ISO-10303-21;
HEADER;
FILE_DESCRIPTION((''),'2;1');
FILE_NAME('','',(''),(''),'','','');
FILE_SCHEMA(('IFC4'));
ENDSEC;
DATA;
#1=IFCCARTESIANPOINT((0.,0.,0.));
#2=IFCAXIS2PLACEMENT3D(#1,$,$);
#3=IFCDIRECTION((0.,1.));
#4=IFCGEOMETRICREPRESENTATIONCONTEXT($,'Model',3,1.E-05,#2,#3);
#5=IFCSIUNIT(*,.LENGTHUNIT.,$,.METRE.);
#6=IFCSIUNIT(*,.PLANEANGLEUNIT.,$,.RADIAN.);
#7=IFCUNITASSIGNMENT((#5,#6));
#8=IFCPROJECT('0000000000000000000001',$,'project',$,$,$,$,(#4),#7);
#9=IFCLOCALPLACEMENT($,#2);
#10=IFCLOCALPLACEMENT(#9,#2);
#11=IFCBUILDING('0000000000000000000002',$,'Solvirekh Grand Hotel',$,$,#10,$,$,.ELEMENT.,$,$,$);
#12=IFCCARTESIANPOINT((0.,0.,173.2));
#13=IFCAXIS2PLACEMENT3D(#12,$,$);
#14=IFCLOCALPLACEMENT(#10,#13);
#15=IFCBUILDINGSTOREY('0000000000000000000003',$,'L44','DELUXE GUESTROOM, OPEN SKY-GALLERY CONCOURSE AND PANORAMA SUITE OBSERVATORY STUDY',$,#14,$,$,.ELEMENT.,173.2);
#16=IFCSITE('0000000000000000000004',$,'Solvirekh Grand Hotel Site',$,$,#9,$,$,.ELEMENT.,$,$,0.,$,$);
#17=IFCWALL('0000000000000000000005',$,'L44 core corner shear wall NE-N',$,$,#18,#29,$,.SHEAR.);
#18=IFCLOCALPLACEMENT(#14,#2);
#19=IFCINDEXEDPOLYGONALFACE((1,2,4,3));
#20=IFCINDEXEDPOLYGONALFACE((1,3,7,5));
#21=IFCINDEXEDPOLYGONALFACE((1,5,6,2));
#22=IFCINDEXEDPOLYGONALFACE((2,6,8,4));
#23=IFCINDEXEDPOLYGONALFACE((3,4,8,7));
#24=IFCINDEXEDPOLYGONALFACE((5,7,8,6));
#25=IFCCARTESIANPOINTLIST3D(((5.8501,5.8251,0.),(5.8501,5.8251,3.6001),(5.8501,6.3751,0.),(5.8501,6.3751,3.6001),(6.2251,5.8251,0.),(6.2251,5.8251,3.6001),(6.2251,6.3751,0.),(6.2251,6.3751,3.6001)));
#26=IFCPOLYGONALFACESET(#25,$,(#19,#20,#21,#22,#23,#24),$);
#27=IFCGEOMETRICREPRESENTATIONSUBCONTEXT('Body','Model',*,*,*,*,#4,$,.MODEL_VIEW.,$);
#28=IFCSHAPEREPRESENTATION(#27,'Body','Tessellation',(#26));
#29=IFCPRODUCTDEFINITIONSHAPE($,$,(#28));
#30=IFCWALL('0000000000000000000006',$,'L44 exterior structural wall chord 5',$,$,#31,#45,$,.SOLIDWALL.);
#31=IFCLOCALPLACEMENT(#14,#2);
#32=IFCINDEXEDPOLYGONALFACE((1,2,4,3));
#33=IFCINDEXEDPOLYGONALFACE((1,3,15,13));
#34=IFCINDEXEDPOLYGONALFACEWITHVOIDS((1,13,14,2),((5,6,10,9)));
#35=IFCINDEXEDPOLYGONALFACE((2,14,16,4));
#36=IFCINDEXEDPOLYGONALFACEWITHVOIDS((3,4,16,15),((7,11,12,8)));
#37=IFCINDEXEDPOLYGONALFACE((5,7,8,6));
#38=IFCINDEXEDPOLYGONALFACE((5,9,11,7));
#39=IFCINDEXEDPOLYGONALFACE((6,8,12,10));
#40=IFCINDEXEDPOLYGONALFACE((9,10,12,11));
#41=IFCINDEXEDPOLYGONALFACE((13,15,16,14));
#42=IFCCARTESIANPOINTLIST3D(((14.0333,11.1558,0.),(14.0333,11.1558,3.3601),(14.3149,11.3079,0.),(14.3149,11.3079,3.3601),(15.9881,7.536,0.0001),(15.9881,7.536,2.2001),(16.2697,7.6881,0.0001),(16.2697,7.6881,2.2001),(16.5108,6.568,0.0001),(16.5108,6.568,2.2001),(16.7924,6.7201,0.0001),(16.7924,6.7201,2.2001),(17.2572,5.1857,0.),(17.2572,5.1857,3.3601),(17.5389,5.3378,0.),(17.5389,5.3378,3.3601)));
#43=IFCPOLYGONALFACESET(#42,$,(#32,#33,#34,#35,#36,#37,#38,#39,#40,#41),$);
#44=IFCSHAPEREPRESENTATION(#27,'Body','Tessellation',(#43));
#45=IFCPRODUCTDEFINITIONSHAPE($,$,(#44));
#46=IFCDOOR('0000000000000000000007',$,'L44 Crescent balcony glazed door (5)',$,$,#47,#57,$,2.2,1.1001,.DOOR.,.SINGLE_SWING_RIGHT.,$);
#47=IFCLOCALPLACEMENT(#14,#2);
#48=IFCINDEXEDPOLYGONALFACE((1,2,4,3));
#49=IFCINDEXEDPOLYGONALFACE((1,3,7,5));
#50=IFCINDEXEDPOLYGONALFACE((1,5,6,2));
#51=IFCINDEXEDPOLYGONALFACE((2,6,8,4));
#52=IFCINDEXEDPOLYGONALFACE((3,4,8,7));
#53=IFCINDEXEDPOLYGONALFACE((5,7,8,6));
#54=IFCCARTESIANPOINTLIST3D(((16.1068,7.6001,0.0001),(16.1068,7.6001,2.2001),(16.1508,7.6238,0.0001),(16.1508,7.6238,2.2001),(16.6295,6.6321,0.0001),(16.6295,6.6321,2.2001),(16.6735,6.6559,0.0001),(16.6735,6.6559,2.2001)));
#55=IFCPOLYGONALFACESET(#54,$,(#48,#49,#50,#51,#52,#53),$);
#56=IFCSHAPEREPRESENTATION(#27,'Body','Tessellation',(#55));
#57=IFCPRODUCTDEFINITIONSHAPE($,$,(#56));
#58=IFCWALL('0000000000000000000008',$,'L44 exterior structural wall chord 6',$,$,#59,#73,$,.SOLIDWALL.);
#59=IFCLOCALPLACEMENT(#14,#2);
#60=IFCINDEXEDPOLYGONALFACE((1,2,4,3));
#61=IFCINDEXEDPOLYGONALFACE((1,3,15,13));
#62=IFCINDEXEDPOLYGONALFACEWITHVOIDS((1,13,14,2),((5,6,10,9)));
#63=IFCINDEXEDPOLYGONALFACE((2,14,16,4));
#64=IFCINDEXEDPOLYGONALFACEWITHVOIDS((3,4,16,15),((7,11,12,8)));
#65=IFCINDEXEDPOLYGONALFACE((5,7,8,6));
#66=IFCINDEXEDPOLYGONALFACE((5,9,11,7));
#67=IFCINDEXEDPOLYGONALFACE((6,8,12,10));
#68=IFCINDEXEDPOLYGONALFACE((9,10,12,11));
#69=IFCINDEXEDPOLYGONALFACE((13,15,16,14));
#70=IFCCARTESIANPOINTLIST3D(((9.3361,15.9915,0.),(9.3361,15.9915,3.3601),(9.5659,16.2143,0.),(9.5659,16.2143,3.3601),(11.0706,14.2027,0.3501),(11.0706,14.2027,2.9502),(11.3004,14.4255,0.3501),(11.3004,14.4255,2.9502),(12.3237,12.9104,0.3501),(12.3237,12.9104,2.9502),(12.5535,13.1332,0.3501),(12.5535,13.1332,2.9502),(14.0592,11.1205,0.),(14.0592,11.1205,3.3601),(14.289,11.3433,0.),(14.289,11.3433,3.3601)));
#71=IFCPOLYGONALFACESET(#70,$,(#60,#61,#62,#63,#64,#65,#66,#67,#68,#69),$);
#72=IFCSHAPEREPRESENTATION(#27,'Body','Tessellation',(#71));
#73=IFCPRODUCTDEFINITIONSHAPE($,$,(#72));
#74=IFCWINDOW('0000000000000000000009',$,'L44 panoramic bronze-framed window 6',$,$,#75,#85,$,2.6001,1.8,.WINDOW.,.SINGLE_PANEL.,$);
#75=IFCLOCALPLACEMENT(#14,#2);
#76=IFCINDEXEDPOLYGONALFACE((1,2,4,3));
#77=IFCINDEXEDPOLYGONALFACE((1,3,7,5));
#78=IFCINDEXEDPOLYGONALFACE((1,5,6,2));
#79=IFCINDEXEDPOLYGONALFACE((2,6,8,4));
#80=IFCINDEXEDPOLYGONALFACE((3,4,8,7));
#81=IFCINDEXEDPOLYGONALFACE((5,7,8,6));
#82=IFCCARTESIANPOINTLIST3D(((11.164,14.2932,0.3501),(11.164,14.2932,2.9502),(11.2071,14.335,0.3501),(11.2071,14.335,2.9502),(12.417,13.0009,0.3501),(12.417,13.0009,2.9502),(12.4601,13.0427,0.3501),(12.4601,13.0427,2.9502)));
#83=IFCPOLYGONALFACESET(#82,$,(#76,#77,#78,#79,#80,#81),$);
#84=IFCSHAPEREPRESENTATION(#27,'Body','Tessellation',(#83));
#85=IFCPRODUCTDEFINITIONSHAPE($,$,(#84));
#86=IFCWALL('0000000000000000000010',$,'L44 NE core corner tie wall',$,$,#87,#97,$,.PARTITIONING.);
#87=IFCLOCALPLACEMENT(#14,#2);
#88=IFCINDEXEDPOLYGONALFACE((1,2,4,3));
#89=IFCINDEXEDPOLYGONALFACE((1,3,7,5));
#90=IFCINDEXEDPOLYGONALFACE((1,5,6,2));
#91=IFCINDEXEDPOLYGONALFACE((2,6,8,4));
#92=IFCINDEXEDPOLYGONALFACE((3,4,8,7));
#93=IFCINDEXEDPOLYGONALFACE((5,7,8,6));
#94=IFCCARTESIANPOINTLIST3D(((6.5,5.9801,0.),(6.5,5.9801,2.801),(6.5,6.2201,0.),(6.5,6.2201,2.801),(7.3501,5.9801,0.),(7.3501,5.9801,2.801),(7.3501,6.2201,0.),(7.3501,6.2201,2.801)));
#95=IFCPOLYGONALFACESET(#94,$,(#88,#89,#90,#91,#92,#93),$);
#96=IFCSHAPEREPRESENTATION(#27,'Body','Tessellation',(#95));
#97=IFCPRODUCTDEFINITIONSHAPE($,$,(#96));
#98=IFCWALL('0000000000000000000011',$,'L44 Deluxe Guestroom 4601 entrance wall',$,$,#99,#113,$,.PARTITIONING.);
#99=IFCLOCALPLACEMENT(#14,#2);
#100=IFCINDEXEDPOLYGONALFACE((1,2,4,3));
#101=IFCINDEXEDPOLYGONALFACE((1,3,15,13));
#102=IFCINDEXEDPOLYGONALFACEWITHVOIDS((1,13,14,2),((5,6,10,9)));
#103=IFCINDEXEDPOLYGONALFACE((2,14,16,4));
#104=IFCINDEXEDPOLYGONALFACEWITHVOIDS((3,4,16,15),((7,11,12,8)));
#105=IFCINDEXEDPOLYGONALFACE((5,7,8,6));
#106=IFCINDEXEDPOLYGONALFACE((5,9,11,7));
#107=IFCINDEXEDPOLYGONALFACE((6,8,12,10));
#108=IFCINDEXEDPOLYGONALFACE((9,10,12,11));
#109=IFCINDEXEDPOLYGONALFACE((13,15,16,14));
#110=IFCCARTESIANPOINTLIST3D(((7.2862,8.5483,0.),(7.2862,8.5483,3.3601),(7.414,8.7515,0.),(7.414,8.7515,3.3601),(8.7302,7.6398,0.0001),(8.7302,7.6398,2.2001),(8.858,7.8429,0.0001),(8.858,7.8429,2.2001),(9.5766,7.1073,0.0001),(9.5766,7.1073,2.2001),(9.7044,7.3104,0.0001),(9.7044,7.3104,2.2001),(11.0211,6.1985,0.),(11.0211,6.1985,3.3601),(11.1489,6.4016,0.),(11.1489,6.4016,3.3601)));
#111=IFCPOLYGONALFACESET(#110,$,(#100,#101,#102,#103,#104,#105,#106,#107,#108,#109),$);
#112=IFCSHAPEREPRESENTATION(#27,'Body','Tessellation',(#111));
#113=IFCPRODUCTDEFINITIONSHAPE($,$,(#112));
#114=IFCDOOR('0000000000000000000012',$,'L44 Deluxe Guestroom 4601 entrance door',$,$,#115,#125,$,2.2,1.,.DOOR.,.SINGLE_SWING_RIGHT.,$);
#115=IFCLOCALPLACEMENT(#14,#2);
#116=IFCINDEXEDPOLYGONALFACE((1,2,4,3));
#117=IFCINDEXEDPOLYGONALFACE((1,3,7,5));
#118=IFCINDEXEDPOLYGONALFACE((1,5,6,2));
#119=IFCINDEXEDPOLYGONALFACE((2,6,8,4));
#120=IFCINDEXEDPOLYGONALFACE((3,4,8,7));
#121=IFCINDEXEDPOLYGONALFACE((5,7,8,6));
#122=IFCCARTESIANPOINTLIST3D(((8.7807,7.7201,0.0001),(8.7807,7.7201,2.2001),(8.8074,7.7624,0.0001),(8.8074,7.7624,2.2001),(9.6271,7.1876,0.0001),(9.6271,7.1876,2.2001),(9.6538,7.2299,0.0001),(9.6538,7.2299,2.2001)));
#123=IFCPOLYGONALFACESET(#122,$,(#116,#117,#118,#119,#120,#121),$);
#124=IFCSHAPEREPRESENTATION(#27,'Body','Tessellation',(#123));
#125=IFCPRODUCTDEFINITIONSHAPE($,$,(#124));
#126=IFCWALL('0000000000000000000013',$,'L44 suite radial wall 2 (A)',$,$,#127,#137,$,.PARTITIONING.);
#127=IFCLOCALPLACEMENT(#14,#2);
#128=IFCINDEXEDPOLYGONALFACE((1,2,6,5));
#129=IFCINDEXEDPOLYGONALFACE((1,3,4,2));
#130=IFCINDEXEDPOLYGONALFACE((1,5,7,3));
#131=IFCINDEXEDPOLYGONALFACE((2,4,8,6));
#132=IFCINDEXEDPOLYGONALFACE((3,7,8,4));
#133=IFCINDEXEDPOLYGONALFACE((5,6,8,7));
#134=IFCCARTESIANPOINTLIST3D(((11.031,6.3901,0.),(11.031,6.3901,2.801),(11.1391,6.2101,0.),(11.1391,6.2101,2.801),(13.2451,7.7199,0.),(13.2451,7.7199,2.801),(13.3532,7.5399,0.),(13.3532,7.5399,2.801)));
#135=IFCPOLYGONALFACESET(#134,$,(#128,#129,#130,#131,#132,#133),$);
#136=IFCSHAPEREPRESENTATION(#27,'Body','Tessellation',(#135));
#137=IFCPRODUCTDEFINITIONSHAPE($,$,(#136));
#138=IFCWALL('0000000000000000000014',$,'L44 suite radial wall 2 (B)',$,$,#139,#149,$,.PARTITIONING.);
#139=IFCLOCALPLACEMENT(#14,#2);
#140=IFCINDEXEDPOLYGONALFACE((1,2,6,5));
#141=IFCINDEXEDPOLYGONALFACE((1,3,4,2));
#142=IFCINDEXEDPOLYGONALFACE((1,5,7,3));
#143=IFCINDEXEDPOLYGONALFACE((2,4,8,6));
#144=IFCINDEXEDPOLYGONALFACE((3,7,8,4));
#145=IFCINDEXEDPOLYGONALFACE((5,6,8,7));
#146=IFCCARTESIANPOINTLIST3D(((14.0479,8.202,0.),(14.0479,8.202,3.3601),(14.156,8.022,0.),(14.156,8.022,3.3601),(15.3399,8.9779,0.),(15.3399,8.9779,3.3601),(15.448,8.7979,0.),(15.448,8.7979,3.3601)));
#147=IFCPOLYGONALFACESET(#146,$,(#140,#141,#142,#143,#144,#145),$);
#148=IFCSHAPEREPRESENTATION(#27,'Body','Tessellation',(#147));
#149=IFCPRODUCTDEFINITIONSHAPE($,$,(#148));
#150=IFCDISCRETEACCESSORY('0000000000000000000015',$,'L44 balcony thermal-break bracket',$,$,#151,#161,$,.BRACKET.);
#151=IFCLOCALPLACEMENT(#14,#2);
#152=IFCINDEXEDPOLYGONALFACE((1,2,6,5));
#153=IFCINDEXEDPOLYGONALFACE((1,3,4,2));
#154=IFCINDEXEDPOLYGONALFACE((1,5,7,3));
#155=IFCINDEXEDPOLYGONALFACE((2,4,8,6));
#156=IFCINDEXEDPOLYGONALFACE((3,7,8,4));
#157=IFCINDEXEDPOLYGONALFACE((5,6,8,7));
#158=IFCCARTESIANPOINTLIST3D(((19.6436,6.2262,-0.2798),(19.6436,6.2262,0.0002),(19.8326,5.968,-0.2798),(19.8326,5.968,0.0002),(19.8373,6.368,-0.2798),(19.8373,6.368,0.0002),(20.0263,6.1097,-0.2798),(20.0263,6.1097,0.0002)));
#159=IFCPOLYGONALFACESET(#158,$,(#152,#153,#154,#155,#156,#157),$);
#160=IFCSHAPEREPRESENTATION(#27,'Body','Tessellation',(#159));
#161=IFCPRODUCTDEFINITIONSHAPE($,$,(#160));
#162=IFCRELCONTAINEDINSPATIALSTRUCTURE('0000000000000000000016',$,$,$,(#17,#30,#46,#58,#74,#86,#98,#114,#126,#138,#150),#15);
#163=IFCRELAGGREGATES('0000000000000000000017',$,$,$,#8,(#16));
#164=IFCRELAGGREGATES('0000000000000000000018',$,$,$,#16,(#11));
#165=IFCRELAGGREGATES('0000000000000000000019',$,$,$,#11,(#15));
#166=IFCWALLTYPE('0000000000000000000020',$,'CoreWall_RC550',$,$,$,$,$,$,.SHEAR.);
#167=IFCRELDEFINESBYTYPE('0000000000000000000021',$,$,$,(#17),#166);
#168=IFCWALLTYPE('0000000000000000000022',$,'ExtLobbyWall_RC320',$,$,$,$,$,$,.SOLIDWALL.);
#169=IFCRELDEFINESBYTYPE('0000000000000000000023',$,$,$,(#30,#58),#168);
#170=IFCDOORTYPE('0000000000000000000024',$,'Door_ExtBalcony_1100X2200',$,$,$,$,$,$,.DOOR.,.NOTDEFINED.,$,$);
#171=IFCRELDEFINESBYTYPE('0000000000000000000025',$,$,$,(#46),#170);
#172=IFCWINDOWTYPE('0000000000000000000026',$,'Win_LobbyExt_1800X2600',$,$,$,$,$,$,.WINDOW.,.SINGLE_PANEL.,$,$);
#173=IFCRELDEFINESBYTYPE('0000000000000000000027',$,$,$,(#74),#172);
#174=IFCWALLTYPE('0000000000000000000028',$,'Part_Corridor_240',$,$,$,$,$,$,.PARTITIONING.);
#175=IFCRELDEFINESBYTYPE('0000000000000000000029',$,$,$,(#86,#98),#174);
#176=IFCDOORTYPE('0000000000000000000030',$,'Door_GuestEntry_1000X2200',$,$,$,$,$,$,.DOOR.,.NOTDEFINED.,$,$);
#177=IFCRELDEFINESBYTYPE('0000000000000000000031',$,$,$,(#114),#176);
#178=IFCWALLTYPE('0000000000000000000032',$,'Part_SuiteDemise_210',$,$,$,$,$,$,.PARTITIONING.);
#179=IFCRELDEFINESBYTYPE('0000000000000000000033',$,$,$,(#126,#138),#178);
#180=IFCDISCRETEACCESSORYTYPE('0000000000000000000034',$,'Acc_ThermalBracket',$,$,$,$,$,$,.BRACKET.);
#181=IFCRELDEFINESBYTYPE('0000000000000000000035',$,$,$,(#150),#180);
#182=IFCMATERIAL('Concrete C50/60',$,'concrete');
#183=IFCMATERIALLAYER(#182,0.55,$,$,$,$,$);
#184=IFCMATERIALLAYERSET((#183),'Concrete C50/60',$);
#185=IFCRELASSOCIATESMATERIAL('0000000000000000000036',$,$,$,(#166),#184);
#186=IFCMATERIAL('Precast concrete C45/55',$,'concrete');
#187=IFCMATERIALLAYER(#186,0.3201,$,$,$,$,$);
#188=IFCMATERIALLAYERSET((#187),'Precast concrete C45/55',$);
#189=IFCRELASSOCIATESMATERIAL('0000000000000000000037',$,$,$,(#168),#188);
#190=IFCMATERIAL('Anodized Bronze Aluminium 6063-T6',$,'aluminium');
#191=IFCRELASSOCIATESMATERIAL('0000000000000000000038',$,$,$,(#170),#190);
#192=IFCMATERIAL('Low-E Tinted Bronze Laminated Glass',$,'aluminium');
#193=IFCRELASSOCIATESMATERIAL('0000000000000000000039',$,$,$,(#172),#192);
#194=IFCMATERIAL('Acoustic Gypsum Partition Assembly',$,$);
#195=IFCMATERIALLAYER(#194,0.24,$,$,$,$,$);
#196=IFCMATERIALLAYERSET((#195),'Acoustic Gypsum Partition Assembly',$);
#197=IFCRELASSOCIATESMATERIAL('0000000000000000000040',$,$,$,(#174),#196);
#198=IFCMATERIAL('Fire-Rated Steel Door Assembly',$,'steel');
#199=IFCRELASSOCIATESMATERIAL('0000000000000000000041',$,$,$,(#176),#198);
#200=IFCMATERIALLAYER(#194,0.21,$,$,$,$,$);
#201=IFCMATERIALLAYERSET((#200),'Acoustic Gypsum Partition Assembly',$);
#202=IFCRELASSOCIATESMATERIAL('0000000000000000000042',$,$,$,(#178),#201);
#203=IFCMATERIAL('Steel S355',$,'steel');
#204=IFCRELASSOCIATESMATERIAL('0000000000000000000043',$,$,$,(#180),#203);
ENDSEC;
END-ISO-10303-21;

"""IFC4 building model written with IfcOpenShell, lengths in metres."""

from ifc_helpers import new_model, si_unit, direction, frame, frame_2d, origin, origin_2d, place, context, subcontext, project, spatial, rectangle, extrude, material, layer, layer_set, type_object, element, fill, save


model = new_model("IFC4")

# Units and contexts
model_context = context("Model", 3, precision=1e-05, world=origin(), true_north=direction((0.0, 1.0)))
body_context = subcontext(model_context, "Body", "Model", "MODEL_VIEW")
ifc_project = project(units=[si_unit("LENGTHUNIT", "METRE"), si_unit("PLANEANGLEUNIT", "RADIAN")], contexts=[model_context])

# Site, building, storey
site_placement = place(None, origin())
site = spatial("IfcSite", under=ifc_project, at=site_placement, Name="Solvirekh Grand Hotel Site", CompositionType="ELEMENT", RefElevation=0.0)
building_placement = place(site_placement, origin())
building = spatial("IfcBuilding", under=site, at=building_placement, Name="Solvirekh Grand Hotel", CompositionType="ELEMENT")
storey_placement = place(building_placement, frame((0.0, 0.0, 173.2)))
storey = spatial("IfcBuildingStorey", under=building, at=storey_placement, Name="L44", Description="DELUXE GUESTROOM, OPEN SKY-GALLERY CONCOURSE AND PANORAMA SUITE OBSERVATORY STUDY", CompositionType="ELEMENT", Elevation=173.2)

# Shared definitions
ifc_material_1 = material(Name="Concrete C50/60", Category="concrete")

# Shared definitions
ifc_material_2 = material(Name="Steel S355", Category="steel")

# Wall
ifc_layer_1 = layer(ifc_material_1, 0.55)
ifc_layer_set_1 = layer_set([ifc_layer_1], Name="Concrete C50/60")
wall_type_1 = type_object("IfcWallType", Name="CoreWall_RC550", PredefinedType="SHEAR", material=ifc_layer_set_1)
wall_1_placement = place(storey_placement, frame((5.8501, 6.1001, 0.0), z_axis=(0.0, 0.0, 1.0), x_axis=(1.0, 0.0, 0.0)))
element("IfcWall", 1, at=wall_1_placement, inside=storey, type_object=wall_type_1, Name="L44 core corner shear wall NE-N", PredefinedType="SHEAR", context=body_context, shape_type="SweptSolid", body=[
    extrude(rectangle(XDim=0.375, YDim=0.55, at=frame_2d((0.1875, 0.0))), origin(), (0.0, 0.0, 1.0), 3.6001),
])

# Wall, opening, door
ifc_material_3 = material(Name="Precast concrete C45/55", Category="concrete")
ifc_layer_2 = layer(ifc_material_3, 0.3201)
ifc_layer_set_2 = layer_set([ifc_layer_2], Name="Precast concrete C45/55")
wall_type_2 = type_object("IfcWallType", Name="ExtLobbyWall_RC320", PredefinedType="SOLIDWALL", material=ifc_layer_set_2)
wall_2_placement = place(storey_placement, frame((14.1741, 11.2319, 0.0), z_axis=(0.0, 0.0, 1.0), x_axis=(0.47516, -0.8799, 0.0)))
wall_2 = element("IfcWall", 2, at=wall_2_placement, inside=storey, type_object=wall_type_2, Name="L44 exterior structural wall chord 5", PredefinedType="SOLIDWALL", context=body_context, shape_type="SweptSolid", body=[
    extrude(rectangle(XDim=6.7849, YDim=0.3201, at=frame_2d((3.3926, 0.0))), origin(), (0.0, 0.0, 1.0), 3.3601),
])
opening_1_placement = place(wall_2_placement, frame((4.114, 0.0, 0.0)))
opening_1 = element("IfcOpeningElement", 3, at=opening_1_placement, cuts=wall_2, PredefinedType="OPENING", context=body_context, shape_type="SweptSolid", body=[
    extrude(rectangle(XDim=1.1001, YDim=2.2, at=frame_2d((0.55, 1.1001))), frame((0.0, 0.1699, 0.0), z_axis=(0.0, -1.0, 0.0), x_axis=(1.0, 0.0, 0.0)), (0.0, 0.0, 1.0), 0.3401),
])
ifc_material_4 = material(Name="Anodized Bronze Aluminium 6063-T6", Category="aluminium")
door_type_1 = type_object("IfcDoorType", Name="Door_ExtBalcony_1100X2200", OperationType="NOTDEFINED", PredefinedType="DOOR", material=ifc_material_4)
door_1_placement = place(opening_1_placement, origin())
door_1 = element("IfcDoor", 4, at=door_1_placement, inside=storey, type_object=door_type_1, Name="L44 Crescent balcony glazed door (5)", OperationType="SINGLE_SWING_RIGHT", OverallHeight=2.2, OverallWidth=1.1001, PredefinedType="DOOR", context=body_context, shape_type="SweptSolid", body=[
    extrude(rectangle(XDim=1.1001, YDim=2.2, at=frame_2d((0.55, 1.1001))), frame((0.0, 0.0249, 0.0), z_axis=(0.0, -1.0, 0.0), x_axis=(1.0, 0.0, 0.0)), (0.0, 0.0, 1.0), 0.05),
])
fill(opening_1, door_1)

# Wall, opening, window
wall_3_placement = place(storey_placement, frame((9.4509, 16.103, 0.0), z_axis=(0.0, 0.0, 1.0), x_axis=(0.69612, -0.717925, 0.0)))
wall_3 = element("IfcWall", 5, at=wall_3_placement, inside=storey, type_object=wall_type_2, Name="L44 exterior structural wall chord 6", PredefinedType="SOLIDWALL", context=body_context, shape_type="SweptSolid", body=[
    extrude(rectangle(XDim=6.7849, YDim=0.3201, at=frame_2d((3.3926, 0.0))), origin(), (0.0, 0.0, 1.0), 3.3601),
])
opening_2_placement = place(wall_3_placement, frame((2.4919, 0.0, 0.3501)))
opening_2 = element("IfcOpeningElement", 6, at=opening_2_placement, cuts=wall_3, PredefinedType="OPENING", context=body_context, shape_type="SweptSolid", body=[
    extrude(rectangle(XDim=1.8, YDim=2.6001, at=frame_2d((0.8999, 1.3))), frame((0.0, 0.1699, 0.0), z_axis=(0.0, -1.0, 0.0), x_axis=(1.0, 0.0, 0.0)), (0.0, 0.0, 1.0), 0.3401),
])
ifc_material_5 = material(Name="Low-E Tinted Bronze Laminated Glass", Category="aluminium")
window_type = type_object("IfcWindowType", Name="Win_LobbyExt_1800X2600", PartitioningType="SINGLE_PANEL", PredefinedType="WINDOW", material=ifc_material_5)
window_placement = place(opening_2_placement, origin())
window = element("IfcWindow", 7, at=window_placement, inside=storey, type_object=window_type, Name="L44 panoramic bronze-framed window 6", OverallHeight=2.6001, OverallWidth=1.8, PartitioningType="SINGLE_PANEL", PredefinedType="WINDOW", context=body_context, shape_type="SweptSolid", body=[
    extrude(rectangle(XDim=1.8, YDim=2.6001, at=frame_2d((0.8999, 1.3))), frame((0.0, 0.03, 0.0), z_axis=(0.0, -1.0, 0.0), x_axis=(1.0, 0.0, 0.0)), (0.0, 0.0, 1.0), 0.0601),
])
fill(opening_2, window)

# Wall
ifc_material_6 = material(Name="Acoustic Gypsum Partition Assembly")
ifc_layer_3 = layer(ifc_material_6, 0.24)
ifc_layer_set_3 = layer_set([ifc_layer_3], Name="Acoustic Gypsum Partition Assembly")
wall_type_3 = type_object("IfcWallType", Name="Part_Corridor_240", PredefinedType="PARTITIONING", material=ifc_layer_set_3)
wall_4_placement = place(storey_placement, frame((6.5, 6.1001, 0.0), z_axis=(0.0, 0.0, 1.0), x_axis=(1.0, 0.0, 0.0)))
element("IfcWall", 8, at=wall_4_placement, inside=storey, type_object=wall_type_3, Name="L44 NE core corner tie wall", PredefinedType="PARTITIONING", context=body_context, shape_type="SweptSolid", body=[
    extrude(rectangle(XDim=0.8501, YDim=0.24, at=frame_2d((0.425, 0.0))), origin(), (0.0, 0.0, 1.0), 2.801),
])

# Wall, opening, door
wall_5_placement = place(storey_placement, frame((7.3501, 8.6499, 0.0), z_axis=(0.0, 0.0, 1.0), x_axis=(0.846409, -0.532533, 0.0)))
wall_5 = element("IfcWall", 9, at=wall_5_placement, inside=storey, type_object=wall_type_3, Name="L44 Deluxe Guestroom 4601 entrance wall", PredefinedType="PARTITIONING", context=body_context, shape_type="SweptSolid", body=[
    extrude(rectangle(XDim=4.4126, YDim=0.24, at=frame_2d((2.2063, 0.0))), origin(), (0.0, 0.0, 1.0), 3.3601),
])
opening_3_placement = place(wall_5_placement, frame((1.7061, 0.0, 0.0)))
opening_3 = element("IfcOpeningElement", 10, at=opening_3_placement, cuts=wall_5, PredefinedType="OPENING", context=body_context, shape_type="SweptSolid", body=[
    extrude(rectangle(XDim=1.0, YDim=2.2, at=frame_2d((0.5, 1.1001))), frame((0.0, 0.1299, 0.0), z_axis=(0.0, -1.0, 0.0), x_axis=(1.0, 0.0, 0.0)), (0.0, 0.0, 1.0), 0.26),
])
ifc_material_7 = material(Name="Fire-Rated Steel Door Assembly", Category="steel")
door_type_2 = type_object("IfcDoorType", Name="Door_GuestEntry_1000X2200", OperationType="NOTDEFINED", PredefinedType="DOOR", material=ifc_material_7)
door_2_placement = place(opening_3_placement, origin())
door_2 = element("IfcDoor", 11, at=door_2_placement, inside=storey, type_object=door_type_2, Name="L44 Deluxe Guestroom 4601 entrance door", OperationType="SINGLE_SWING_RIGHT", OverallHeight=2.2, OverallWidth=1.0, PredefinedType="DOOR", context=body_context, shape_type="SweptSolid", body=[
    extrude(rectangle(XDim=1.0, YDim=2.2, at=frame_2d((0.5, 1.1001))), frame((0.0, 0.0249, 0.0), z_axis=(0.0, -1.0, 0.0), x_axis=(1.0, 0.0, 0.0)), (0.0, 0.0, 1.0), 0.05),
])
fill(opening_3, door_2)

# Walls
ifc_layer_4 = layer(ifc_material_6, 0.21)
ifc_layer_set_4 = layer_set([ifc_layer_4], Name="Acoustic Gypsum Partition Assembly")
wall_type_4 = type_object("IfcWallType", Name="Part_SuiteDemise_210", PredefinedType="PARTITIONING", material=ifc_layer_set_4)
wall_6_placement = place(storey_placement, frame((11.085, 6.3, 0.0), z_axis=(0.0, 0.0, 1.0), x_axis=(0.857259, 0.514885, 0.0)))
element("IfcWall", 12, at=wall_6_placement, inside=storey, type_object=wall_type_4, Name="L44 suite radial wall 2 (A)", PredefinedType="PARTITIONING", context=body_context, shape_type="SweptSolid", body=[
    extrude(rectangle(XDim=2.5828, YDim=0.21, at=frame_2d((1.2915, 0.0))), origin(), (0.0, 0.0, 1.0), 2.801),
])
wall_7_placement = place(storey_placement, frame((14.1021, 8.1121, 0.0), z_axis=(0.0, 0.0, 1.0), x_axis=(0.857293, 0.514829, 0.0)))
element("IfcWall", 13, at=wall_7_placement, inside=storey, type_object=wall_type_4, Name="L44 suite radial wall 2 (B)", PredefinedType="PARTITIONING", context=body_context, shape_type="SweptSolid", body=[
    extrude(rectangle(XDim=1.5071, YDim=0.21, at=frame_2d((0.7534, 0.0))), origin(), (0.0, 0.0, 1.0), 3.3601),
])

# Discrete accessory
discrete_accessory_type = type_object("IfcDiscreteAccessoryType", Name="Acc_ThermalBracket", PredefinedType="BRACKET", material=ifc_material_2)
discrete_accessory_placement = place(storey_placement, frame((19.835, 6.168, -0.2798), z_axis=(0.0, 0.0, 1.0), x_axis=(0.590606, -0.80696, 0.0)))
element("IfcDiscreteAccessory", 14, at=discrete_accessory_placement, inside=storey, type_object=discrete_accessory_type, Name="L44 balcony thermal-break bracket", PredefinedType="BRACKET", context=body_context, shape_type="SweptSolid", body=[
    extrude(rectangle(XDim=0.3201, YDim=0.24, at=origin_2d()), origin(), (0.0, 0.0, 1.0), 0.28),
])

save(model, "model.ifc")
